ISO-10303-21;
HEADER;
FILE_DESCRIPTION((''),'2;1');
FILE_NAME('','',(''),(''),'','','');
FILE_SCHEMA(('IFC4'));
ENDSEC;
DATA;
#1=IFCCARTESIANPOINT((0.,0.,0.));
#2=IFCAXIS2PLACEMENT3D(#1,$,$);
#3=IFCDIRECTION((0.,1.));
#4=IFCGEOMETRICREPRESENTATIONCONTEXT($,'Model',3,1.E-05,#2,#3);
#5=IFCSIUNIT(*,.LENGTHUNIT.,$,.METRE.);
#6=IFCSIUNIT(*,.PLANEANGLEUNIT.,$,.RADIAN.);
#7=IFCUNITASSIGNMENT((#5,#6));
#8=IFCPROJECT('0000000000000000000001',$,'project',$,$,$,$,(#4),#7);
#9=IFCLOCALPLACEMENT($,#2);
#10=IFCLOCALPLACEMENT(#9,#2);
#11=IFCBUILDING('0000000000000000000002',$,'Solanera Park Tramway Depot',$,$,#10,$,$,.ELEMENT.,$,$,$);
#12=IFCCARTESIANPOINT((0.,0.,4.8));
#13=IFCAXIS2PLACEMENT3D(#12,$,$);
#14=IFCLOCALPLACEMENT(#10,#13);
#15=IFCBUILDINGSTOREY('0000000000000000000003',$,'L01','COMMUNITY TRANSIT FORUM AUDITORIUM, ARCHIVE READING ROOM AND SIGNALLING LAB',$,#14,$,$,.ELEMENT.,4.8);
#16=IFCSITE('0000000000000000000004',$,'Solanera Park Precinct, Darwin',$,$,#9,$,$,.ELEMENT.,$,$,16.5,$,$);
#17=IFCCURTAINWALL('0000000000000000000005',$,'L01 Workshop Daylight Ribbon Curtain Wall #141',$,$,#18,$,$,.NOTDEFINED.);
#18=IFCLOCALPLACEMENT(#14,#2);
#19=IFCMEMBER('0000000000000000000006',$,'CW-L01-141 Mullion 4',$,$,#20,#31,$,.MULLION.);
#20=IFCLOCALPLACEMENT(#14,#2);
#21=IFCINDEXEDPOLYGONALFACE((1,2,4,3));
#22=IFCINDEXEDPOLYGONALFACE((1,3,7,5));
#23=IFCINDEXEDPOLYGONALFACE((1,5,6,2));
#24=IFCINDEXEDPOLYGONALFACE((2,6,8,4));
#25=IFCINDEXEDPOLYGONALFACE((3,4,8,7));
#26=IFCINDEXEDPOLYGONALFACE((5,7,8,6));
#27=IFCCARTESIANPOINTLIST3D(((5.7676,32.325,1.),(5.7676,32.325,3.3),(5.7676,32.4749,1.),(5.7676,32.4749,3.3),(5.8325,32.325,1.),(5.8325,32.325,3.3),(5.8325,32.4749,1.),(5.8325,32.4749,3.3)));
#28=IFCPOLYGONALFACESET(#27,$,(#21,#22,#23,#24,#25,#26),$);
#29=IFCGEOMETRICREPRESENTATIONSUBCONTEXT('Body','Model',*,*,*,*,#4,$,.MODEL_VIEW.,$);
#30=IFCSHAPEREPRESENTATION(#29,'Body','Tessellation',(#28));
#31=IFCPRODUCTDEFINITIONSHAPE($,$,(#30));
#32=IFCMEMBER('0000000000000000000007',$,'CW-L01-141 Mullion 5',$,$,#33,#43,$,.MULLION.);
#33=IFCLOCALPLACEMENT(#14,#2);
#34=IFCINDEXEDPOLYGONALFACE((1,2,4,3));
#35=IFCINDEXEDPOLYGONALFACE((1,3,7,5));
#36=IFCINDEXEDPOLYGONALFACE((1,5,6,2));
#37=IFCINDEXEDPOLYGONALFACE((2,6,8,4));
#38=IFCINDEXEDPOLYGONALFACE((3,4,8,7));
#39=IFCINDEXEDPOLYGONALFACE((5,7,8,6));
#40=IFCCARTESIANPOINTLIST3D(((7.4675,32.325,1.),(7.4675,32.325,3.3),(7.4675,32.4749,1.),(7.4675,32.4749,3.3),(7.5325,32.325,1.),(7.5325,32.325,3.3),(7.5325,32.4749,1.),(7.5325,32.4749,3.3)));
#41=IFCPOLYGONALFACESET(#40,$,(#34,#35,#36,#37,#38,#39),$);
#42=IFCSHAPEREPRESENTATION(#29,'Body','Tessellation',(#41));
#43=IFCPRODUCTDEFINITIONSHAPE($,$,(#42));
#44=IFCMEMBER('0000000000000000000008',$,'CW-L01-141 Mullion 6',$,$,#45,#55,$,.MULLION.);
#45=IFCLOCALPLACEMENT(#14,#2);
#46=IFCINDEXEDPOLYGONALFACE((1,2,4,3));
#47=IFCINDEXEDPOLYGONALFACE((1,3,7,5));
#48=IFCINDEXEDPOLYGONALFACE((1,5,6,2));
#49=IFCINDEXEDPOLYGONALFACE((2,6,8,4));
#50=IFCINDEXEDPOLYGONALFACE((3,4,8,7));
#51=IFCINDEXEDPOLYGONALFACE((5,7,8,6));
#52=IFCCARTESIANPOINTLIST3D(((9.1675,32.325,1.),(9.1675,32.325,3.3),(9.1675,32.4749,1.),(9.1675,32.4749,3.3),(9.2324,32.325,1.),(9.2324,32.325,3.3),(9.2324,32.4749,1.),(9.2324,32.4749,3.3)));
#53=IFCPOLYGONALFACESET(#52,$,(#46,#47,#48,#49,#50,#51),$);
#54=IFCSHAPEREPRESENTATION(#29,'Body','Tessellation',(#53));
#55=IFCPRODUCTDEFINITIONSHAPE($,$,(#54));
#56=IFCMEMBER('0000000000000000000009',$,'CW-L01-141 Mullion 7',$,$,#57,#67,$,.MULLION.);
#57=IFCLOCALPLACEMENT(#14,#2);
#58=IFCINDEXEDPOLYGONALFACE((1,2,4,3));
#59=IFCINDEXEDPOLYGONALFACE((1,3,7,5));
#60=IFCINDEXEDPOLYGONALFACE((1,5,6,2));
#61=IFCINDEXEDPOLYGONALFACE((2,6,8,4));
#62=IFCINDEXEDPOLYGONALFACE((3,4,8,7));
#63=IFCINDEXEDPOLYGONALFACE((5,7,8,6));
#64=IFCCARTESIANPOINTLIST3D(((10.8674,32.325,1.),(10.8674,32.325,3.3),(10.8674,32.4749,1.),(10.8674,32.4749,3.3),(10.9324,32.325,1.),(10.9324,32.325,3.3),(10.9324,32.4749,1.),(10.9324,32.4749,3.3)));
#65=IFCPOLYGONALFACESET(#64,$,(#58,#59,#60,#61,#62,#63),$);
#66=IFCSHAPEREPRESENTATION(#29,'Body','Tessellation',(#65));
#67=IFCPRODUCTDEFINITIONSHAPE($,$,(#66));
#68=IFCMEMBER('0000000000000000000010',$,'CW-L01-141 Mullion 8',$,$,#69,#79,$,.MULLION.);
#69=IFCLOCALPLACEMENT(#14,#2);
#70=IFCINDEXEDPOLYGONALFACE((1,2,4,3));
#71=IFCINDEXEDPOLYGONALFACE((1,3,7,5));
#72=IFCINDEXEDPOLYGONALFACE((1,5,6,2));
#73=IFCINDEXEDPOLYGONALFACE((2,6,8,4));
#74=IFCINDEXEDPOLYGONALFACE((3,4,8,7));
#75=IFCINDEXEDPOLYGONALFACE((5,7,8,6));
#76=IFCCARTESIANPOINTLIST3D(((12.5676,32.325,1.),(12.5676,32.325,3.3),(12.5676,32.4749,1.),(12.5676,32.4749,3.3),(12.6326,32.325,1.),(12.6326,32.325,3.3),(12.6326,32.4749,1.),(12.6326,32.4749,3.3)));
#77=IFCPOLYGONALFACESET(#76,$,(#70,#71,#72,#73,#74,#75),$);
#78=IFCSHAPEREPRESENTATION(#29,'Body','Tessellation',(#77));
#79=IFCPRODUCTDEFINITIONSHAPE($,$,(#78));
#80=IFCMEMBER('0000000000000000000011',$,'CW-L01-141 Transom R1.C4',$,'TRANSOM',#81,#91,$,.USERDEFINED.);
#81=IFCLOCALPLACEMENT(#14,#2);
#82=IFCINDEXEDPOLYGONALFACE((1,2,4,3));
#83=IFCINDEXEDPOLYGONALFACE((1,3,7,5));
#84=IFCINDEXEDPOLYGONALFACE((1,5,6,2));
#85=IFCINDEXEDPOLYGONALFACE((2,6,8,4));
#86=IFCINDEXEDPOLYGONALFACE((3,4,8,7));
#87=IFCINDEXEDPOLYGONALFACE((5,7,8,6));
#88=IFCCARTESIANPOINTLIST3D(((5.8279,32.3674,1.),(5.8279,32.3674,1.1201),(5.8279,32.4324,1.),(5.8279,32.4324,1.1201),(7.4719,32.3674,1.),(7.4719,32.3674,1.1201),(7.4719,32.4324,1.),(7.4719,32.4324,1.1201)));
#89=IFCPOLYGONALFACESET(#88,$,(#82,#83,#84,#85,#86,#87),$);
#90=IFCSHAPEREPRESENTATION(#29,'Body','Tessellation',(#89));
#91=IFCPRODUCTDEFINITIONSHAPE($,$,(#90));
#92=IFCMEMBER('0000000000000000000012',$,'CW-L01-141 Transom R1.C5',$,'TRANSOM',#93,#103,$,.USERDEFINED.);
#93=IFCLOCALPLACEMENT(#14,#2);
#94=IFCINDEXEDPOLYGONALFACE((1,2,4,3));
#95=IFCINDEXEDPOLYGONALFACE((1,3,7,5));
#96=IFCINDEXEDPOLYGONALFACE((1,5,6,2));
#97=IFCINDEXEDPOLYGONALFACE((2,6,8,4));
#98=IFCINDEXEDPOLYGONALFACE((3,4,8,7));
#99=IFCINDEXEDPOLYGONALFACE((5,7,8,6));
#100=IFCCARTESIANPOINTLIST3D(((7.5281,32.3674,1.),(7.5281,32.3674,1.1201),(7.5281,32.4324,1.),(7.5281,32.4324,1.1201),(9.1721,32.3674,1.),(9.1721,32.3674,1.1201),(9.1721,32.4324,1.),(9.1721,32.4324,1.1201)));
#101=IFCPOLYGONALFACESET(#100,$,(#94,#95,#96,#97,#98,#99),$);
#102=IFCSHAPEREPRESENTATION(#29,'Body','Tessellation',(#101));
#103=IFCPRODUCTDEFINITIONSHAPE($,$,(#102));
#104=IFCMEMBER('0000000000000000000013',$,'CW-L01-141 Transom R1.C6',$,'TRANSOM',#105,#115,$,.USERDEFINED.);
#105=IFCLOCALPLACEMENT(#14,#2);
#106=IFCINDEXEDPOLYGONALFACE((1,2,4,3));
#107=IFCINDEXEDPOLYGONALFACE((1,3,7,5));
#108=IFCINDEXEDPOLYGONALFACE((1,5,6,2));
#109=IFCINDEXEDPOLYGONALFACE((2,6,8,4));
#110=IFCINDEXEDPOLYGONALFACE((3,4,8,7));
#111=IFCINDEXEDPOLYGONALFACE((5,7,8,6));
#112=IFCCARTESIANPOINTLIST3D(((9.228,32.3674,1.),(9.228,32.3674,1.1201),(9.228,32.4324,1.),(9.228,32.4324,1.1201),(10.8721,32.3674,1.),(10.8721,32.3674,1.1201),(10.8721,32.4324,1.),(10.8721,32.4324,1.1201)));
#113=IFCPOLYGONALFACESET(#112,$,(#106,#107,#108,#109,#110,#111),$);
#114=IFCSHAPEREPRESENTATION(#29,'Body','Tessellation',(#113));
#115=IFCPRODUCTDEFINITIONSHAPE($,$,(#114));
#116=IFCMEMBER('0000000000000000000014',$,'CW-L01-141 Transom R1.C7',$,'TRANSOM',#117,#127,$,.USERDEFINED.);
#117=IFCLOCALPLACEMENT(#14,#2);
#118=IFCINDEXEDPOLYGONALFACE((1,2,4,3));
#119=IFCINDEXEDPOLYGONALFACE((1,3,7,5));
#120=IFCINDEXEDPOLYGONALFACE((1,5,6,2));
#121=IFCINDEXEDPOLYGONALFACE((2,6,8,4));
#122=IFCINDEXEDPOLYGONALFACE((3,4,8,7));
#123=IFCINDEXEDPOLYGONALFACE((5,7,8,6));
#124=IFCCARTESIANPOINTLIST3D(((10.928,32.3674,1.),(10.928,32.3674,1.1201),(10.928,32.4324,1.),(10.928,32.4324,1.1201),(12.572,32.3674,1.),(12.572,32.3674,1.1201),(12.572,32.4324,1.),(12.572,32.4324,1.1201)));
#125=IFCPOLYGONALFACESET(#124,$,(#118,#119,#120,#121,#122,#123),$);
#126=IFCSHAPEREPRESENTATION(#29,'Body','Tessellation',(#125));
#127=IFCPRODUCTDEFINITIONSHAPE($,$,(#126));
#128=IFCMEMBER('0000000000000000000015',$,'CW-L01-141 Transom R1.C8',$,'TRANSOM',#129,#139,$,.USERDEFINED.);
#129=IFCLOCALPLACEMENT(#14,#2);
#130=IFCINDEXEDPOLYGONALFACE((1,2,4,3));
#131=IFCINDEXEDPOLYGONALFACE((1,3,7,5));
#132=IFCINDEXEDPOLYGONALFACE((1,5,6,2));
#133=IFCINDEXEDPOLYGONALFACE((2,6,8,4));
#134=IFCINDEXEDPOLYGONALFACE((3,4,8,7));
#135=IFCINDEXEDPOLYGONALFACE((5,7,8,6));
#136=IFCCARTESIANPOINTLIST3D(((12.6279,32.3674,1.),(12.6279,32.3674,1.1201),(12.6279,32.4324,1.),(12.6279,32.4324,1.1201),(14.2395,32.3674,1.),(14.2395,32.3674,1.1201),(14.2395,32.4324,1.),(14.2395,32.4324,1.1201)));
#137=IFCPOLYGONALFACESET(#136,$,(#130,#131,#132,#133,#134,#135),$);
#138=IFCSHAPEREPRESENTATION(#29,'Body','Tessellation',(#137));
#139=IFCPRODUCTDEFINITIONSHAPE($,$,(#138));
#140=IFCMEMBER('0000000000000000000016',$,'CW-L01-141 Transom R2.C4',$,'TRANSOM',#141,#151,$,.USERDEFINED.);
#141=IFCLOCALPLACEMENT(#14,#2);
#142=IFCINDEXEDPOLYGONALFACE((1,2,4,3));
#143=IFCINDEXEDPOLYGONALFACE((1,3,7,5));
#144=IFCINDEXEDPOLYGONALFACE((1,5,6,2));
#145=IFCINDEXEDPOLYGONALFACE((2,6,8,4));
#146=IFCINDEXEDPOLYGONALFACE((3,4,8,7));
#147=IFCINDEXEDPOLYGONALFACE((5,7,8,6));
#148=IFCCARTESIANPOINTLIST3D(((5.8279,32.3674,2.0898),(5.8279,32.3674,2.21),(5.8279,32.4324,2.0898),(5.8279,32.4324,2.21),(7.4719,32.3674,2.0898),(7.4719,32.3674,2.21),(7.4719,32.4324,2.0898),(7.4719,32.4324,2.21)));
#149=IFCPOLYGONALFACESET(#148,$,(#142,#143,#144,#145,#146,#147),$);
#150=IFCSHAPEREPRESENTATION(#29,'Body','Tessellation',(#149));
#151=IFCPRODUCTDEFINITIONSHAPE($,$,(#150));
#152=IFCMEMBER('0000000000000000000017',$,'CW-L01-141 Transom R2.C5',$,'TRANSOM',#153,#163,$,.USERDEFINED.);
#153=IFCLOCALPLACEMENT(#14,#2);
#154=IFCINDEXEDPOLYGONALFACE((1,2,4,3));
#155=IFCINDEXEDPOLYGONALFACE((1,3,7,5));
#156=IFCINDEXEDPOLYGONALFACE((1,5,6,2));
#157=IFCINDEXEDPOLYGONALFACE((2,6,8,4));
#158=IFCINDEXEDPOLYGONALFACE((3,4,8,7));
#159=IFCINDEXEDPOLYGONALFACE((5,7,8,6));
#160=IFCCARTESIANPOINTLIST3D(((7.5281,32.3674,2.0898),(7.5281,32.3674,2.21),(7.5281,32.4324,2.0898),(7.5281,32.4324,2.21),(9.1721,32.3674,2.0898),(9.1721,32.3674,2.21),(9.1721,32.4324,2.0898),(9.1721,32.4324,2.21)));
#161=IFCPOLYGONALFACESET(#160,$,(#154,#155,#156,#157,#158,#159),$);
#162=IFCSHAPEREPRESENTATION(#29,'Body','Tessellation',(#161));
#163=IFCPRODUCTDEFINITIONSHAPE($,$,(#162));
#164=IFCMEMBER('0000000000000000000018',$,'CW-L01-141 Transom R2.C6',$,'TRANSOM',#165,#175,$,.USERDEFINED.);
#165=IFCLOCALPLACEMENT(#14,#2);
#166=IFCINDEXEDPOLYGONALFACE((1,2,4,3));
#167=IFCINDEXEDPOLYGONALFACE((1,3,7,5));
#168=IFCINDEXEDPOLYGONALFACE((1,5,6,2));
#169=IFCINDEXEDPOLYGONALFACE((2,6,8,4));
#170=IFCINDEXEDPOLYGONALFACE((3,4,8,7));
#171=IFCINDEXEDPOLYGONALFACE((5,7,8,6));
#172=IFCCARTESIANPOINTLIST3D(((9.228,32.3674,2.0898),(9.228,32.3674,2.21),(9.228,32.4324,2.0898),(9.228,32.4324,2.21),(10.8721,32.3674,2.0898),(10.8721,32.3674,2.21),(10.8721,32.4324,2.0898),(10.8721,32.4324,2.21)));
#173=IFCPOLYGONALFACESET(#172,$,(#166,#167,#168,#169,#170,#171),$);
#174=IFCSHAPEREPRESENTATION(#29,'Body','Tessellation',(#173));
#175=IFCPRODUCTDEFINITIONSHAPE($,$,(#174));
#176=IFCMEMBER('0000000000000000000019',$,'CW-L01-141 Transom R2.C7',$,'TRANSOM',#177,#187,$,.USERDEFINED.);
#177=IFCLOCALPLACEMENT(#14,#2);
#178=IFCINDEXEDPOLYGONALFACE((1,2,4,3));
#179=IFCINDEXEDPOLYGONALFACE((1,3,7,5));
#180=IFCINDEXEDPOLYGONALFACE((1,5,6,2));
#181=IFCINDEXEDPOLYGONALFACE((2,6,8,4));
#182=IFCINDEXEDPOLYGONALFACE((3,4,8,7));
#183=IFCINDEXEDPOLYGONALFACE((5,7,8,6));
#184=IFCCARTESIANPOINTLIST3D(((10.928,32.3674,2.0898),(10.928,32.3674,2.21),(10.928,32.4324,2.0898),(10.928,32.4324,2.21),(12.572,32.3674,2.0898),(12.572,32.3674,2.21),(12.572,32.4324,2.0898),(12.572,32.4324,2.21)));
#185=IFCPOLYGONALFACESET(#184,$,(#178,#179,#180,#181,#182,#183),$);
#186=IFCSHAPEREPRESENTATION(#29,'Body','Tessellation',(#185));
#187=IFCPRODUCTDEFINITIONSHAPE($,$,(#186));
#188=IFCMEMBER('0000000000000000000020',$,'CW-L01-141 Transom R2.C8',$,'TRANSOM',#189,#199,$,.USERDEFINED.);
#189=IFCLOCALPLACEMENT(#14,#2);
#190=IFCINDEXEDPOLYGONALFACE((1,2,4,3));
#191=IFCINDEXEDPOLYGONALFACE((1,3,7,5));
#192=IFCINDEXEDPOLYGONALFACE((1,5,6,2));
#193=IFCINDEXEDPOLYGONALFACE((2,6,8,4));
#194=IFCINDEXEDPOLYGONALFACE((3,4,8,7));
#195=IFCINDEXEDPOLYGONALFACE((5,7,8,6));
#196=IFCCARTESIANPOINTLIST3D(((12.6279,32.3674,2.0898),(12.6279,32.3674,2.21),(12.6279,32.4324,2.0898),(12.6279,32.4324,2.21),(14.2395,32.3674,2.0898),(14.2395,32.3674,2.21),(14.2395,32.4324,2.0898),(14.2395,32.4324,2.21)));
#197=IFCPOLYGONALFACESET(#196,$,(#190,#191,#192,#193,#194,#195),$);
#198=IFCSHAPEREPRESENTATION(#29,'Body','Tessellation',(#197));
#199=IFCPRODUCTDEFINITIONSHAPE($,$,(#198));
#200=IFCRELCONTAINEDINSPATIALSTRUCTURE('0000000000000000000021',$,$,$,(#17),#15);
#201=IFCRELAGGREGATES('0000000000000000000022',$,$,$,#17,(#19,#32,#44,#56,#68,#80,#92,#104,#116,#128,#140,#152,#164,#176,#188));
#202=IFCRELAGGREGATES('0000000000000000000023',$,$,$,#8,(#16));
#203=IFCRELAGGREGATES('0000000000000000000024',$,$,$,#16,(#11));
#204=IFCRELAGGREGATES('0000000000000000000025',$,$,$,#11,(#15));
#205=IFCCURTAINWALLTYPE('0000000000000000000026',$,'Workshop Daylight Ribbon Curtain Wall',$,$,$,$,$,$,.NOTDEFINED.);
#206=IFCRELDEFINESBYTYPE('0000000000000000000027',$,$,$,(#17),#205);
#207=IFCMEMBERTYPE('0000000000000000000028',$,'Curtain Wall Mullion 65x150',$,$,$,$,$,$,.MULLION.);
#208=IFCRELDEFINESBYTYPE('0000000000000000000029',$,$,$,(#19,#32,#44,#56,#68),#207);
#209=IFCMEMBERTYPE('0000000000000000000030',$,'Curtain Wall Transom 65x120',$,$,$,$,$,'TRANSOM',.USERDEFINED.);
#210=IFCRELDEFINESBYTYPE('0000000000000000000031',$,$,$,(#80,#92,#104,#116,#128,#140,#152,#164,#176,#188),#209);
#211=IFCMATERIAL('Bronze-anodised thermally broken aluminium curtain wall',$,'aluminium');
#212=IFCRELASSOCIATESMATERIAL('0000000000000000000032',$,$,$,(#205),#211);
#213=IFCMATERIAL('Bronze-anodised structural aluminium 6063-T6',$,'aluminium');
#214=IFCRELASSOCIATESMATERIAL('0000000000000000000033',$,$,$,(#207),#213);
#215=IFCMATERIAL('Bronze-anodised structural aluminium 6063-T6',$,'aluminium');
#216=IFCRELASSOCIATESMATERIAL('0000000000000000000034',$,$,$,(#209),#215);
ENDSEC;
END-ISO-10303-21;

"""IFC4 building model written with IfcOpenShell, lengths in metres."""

from ifc_helpers import new_model, si_unit, direction, frame, origin, origin_2d, place, context, subcontext, project, spatial, rectangle, extrude, material, material_profile, profile_set, type_object, element, aggregate, save


model = new_model("IFC4")

# Units and contexts
model_context = context("Model", 3, precision=1e-05, world=origin(), true_north=direction((0.0, 1.0)))
body_context = subcontext(model_context, "Body", "Model", "MODEL_VIEW")
ifc_project = project(units=[si_unit("LENGTHUNIT", "METRE"), si_unit("PLANEANGLEUNIT", "RADIAN")], contexts=[model_context])

# Site, building, storey
site_placement = place(None, origin())
site = spatial("IfcSite", under=ifc_project, at=site_placement, Name="Solanera Park Precinct, Darwin", CompositionType="ELEMENT", RefElevation=16.5)
building_placement = place(site_placement, origin())
building = spatial("IfcBuilding", under=site, at=building_placement, Name="Solanera Park Tramway Depot", CompositionType="ELEMENT")
storey_placement = place(building_placement, frame((0.0, 0.0, 4.8)))
storey = spatial("IfcBuildingStorey", under=building, at=storey_placement, Name="L01", Description="COMMUNITY TRANSIT FORUM AUDITORIUM, ARCHIVE READING ROOM AND SIGNALLING LAB", CompositionType="ELEMENT", Elevation=4.8)

# Curtain wall, members
ifc_material_1 = material(Name="Bronze-anodised thermally broken aluminium curtain wall", Category="aluminium")
curtain_wall_type = type_object("IfcCurtainWallType", Name="Workshop Daylight Ribbon Curtain Wall", PredefinedType="NOTDEFINED", material=ifc_material_1)
curtain_wall_placement = place(storey_placement, origin())
curtain_wall = element("IfcCurtainWall", 1, at=curtain_wall_placement, inside=storey, type_object=curtain_wall_type, Name="L01 Workshop Daylight Ribbon Curtain Wall #141", PredefinedType="NOTDEFINED")
ifc_material_2 = material(Name="Bronze-anodised structural aluminium 6063-T6", Category="aluminium")
ifc_material_profile_1 = material_profile(ifc_material_2, rectangle(XDim=0.0649, YDim=0.1499, at=origin_2d()), Name="Curtain Wall Mullion 65x150")
ifc_profile_set_1 = profile_set([ifc_material_profile_1], Name="Bronze-anodised structural aluminium 6063-T6")
member_type_1 = type_object("IfcMemberType", Name="Curtain Wall Mullion 65x150", PredefinedType="MULLION", material=ifc_profile_set_1)
member_1_placement = place(storey_placement, frame((5.8, 32.3999, 1.0), z_axis=(0.0, 0.0, 1.0), x_axis=(1.0, 0.0, 0.0)))
member_1 = element("IfcMember", 2, at=member_1_placement, type_object=member_type_1, Name="CW-L01-141 Mullion 4", PredefinedType="MULLION", context=body_context, shape_type="SweptSolid", body=[
    extrude(rectangle(XDim=0.0649, YDim=0.1499, at=origin_2d()), origin(), (0.0, 0.0, 1.0), 2.3),
])
member_2_placement = place(storey_placement, frame((7.5, 32.3999, 1.0), z_axis=(0.0, 0.0, 1.0), x_axis=(1.0, 0.0, 0.0)))
member_2 = element("IfcMember", 3, at=member_2_placement, type_object=member_type_1, Name="CW-L01-141 Mullion 5", PredefinedType="MULLION", context=body_context, shape_type="SweptSolid", body=[
    extrude(rectangle(XDim=0.0649, YDim=0.1499, at=origin_2d()), origin(), (0.0, 0.0, 1.0), 2.3),
])
member_3_placement = place(storey_placement, frame((9.2, 32.3999, 1.0), z_axis=(0.0, 0.0, 1.0), x_axis=(1.0, 0.0, 0.0)))
member_3 = element("IfcMember", 4, at=member_3_placement, type_object=member_type_1, Name="CW-L01-141 Mullion 6", PredefinedType="MULLION", context=body_context, shape_type="SweptSolid", body=[
    extrude(rectangle(XDim=0.0649, YDim=0.1499, at=origin_2d()), origin(), (0.0, 0.0, 1.0), 2.3),
])
member_4_placement = place(storey_placement, frame((10.8999, 32.3999, 1.0), z_axis=(0.0, 0.0, 1.0), x_axis=(1.0, 0.0, 0.0)))
member_4 = element("IfcMember", 5, at=member_4_placement, type_object=member_type_1, Name="CW-L01-141 Mullion 7", PredefinedType="MULLION", context=body_context, shape_type="SweptSolid", body=[
    extrude(rectangle(XDim=0.0649, YDim=0.1499, at=origin_2d()), origin(), (0.0, 0.0, 1.0), 2.3),
])
member_5_placement = place(storey_placement, frame((12.6001, 32.3999, 1.0), z_axis=(0.0, 0.0, 1.0), x_axis=(1.0, 0.0, 0.0)))
member_5 = element("IfcMember", 6, at=member_5_placement, type_object=member_type_1, Name="CW-L01-141 Mullion 8", PredefinedType="MULLION", context=body_context, shape_type="SweptSolid", body=[
    extrude(rectangle(XDim=0.0649, YDim=0.1499, at=origin_2d()), origin(), (0.0, 0.0, 1.0), 2.3),
])
ifc_material_3 = material(Name="Bronze-anodised structural aluminium 6063-T6", Category="aluminium")
ifc_material_profile_2 = material_profile(ifc_material_3, rectangle(XDim=0.0649, YDim=0.1201, at=origin_2d()), Name="Curtain Wall Transom 65x120")
ifc_profile_set_2 = profile_set([ifc_material_profile_2], Name="Bronze-anodised structural aluminium 6063-T6")
member_type_2 = type_object("IfcMemberType", Name="Curtain Wall Transom 65x120", ElementType="TRANSOM", PredefinedType="USERDEFINED", material=ifc_profile_set_2)
member_6_placement = place(storey_placement, frame((5.8279, 32.3999, 1.0601), z_axis=(1.0, 0.0, 0.0), x_axis=(0.0, 1.0, 0.0)))
member_6 = element("IfcMember", 7, at=member_6_placement, type_object=member_type_2, Name="CW-L01-141 Transom R1.C4", ObjectType="TRANSOM", PredefinedType="USERDEFINED", context=body_context, shape_type="SweptSolid", body=[
    extrude(rectangle(XDim=0.0649, YDim=0.1201, at=origin_2d()), origin(), (0.0, 0.0, 1.0), 1.644),
])
member_7_placement = place(storey_placement, frame((7.5281, 32.3999, 1.0601), z_axis=(1.0, 0.0, 0.0), x_axis=(0.0, 1.0, 0.0)))
member_7 = element("IfcMember", 8, at=member_7_placement, type_object=member_type_2, Name="CW-L01-141 Transom R1.C5", ObjectType="TRANSOM", PredefinedType="USERDEFINED", context=body_context, shape_type="SweptSolid", body=[
    extrude(rectangle(XDim=0.0649, YDim=0.1201, at=origin_2d()), origin(), (0.0, 0.0, 1.0), 1.644),
])
member_8_placement = place(storey_placement, frame((9.228, 32.3999, 1.0601), z_axis=(1.0, 0.0, 0.0), x_axis=(0.0, 1.0, 0.0)))
member_8 = element("IfcMember", 9, at=member_8_placement, type_object=member_type_2, Name="CW-L01-141 Transom R1.C6", ObjectType="TRANSOM", PredefinedType="USERDEFINED", context=body_context, shape_type="SweptSolid", body=[
    extrude(rectangle(XDim=0.0649, YDim=0.1201, at=origin_2d()), origin(), (0.0, 0.0, 1.0), 1.644),
])
member_9_placement = place(storey_placement, frame((10.928, 32.3999, 1.0601), z_axis=(1.0, 0.0, 0.0), x_axis=(0.0, 1.0, 0.0)))
member_9 = element("IfcMember", 10, at=member_9_placement, type_object=member_type_2, Name="CW-L01-141 Transom R1.C7", ObjectType="TRANSOM", PredefinedType="USERDEFINED", context=body_context, shape_type="SweptSolid", body=[
    extrude(rectangle(XDim=0.0649, YDim=0.1201, at=origin_2d()), origin(), (0.0, 0.0, 1.0), 1.644),
])
member_10_placement = place(storey_placement, frame((12.6279, 32.3999, 1.0601), z_axis=(1.0, 0.0, 0.0), x_axis=(0.0, 1.0, 0.0)))
member_10 = element("IfcMember", 11, at=member_10_placement, type_object=member_type_2, Name="CW-L01-141 Transom R1.C8", ObjectType="TRANSOM", PredefinedType="USERDEFINED", context=body_context, shape_type="SweptSolid", body=[
    extrude(rectangle(XDim=0.0649, YDim=0.1201, at=origin_2d()), origin(), (0.0, 0.0, 1.0), 1.6116),
])
member_11_placement = place(storey_placement, frame((5.8279, 32.3999, 2.1499), z_axis=(1.0, 0.0, 0.0), x_axis=(0.0, 1.0, 0.0)))
member_11 = element("IfcMember", 12, at=member_11_placement, type_object=member_type_2, Name="CW-L01-141 Transom R2.C4", ObjectType="TRANSOM", PredefinedType="USERDEFINED", context=body_context, shape_type="SweptSolid", body=[
    extrude(rectangle(XDim=0.0649, YDim=0.1201, at=origin_2d()), origin(), (0.0, 0.0, 1.0), 1.644),
])
member_12_placement = place(storey_placement, frame((7.5281, 32.3999, 2.1499), z_axis=(1.0, 0.0, 0.0), x_axis=(0.0, 1.0, 0.0)))
member_12 = element("IfcMember", 13, at=member_12_placement, type_object=member_type_2, Name="CW-L01-141 Transom R2.C5", ObjectType="TRANSOM", PredefinedType="USERDEFINED", context=body_context, shape_type="SweptSolid", body=[
    extrude(rectangle(XDim=0.0649, YDim=0.1201, at=origin_2d()), origin(), (0.0, 0.0, 1.0), 1.644),
])
member_13_placement = place(storey_placement, frame((9.228, 32.3999, 2.1499), z_axis=(1.0, 0.0, 0.0), x_axis=(0.0, 1.0, 0.0)))
member_13 = element("IfcMember", 14, at=member_13_placement, type_object=member_type_2, Name="CW-L01-141 Transom R2.C6", ObjectType="TRANSOM", PredefinedType="USERDEFINED", context=body_context, shape_type="SweptSolid", body=[
    extrude(rectangle(XDim=0.0649, YDim=0.1201, at=origin_2d()), origin(), (0.0, 0.0, 1.0), 1.644),
])
member_14_placement = place(storey_placement, frame((10.928, 32.3999, 2.1499), z_axis=(1.0, 0.0, 0.0), x_axis=(0.0, 1.0, 0.0)))
member_14 = element("IfcMember", 15, at=member_14_placement, type_object=member_type_2, Name="CW-L01-141 Transom R2.C7", ObjectType="TRANSOM", PredefinedType="USERDEFINED", context=body_context, shape_type="SweptSolid", body=[
    extrude(rectangle(XDim=0.0649, YDim=0.1201, at=origin_2d()), origin(), (0.0, 0.0, 1.0), 1.644),
])
member_15_placement = place(storey_placement, frame((12.6279, 32.3999, 2.1499), z_axis=(1.0, 0.0, 0.0), x_axis=(0.0, 1.0, 0.0)))
member_15 = element("IfcMember", 16, at=member_15_placement, type_object=member_type_2, Name="CW-L01-141 Transom R2.C8", ObjectType="TRANSOM", PredefinedType="USERDEFINED", context=body_context, shape_type="SweptSolid", body=[
    extrude(rectangle(XDim=0.0649, YDim=0.1201, at=origin_2d()), origin(), (0.0, 0.0, 1.0), 1.6116),
])
aggregate(curtain_wall, [member_1, member_2, member_3, member_4, member_5, member_6, member_7, member_8, member_9, member_10, member_11, member_12, member_13, member_14, member_15])

save(model, "model.ifc")
